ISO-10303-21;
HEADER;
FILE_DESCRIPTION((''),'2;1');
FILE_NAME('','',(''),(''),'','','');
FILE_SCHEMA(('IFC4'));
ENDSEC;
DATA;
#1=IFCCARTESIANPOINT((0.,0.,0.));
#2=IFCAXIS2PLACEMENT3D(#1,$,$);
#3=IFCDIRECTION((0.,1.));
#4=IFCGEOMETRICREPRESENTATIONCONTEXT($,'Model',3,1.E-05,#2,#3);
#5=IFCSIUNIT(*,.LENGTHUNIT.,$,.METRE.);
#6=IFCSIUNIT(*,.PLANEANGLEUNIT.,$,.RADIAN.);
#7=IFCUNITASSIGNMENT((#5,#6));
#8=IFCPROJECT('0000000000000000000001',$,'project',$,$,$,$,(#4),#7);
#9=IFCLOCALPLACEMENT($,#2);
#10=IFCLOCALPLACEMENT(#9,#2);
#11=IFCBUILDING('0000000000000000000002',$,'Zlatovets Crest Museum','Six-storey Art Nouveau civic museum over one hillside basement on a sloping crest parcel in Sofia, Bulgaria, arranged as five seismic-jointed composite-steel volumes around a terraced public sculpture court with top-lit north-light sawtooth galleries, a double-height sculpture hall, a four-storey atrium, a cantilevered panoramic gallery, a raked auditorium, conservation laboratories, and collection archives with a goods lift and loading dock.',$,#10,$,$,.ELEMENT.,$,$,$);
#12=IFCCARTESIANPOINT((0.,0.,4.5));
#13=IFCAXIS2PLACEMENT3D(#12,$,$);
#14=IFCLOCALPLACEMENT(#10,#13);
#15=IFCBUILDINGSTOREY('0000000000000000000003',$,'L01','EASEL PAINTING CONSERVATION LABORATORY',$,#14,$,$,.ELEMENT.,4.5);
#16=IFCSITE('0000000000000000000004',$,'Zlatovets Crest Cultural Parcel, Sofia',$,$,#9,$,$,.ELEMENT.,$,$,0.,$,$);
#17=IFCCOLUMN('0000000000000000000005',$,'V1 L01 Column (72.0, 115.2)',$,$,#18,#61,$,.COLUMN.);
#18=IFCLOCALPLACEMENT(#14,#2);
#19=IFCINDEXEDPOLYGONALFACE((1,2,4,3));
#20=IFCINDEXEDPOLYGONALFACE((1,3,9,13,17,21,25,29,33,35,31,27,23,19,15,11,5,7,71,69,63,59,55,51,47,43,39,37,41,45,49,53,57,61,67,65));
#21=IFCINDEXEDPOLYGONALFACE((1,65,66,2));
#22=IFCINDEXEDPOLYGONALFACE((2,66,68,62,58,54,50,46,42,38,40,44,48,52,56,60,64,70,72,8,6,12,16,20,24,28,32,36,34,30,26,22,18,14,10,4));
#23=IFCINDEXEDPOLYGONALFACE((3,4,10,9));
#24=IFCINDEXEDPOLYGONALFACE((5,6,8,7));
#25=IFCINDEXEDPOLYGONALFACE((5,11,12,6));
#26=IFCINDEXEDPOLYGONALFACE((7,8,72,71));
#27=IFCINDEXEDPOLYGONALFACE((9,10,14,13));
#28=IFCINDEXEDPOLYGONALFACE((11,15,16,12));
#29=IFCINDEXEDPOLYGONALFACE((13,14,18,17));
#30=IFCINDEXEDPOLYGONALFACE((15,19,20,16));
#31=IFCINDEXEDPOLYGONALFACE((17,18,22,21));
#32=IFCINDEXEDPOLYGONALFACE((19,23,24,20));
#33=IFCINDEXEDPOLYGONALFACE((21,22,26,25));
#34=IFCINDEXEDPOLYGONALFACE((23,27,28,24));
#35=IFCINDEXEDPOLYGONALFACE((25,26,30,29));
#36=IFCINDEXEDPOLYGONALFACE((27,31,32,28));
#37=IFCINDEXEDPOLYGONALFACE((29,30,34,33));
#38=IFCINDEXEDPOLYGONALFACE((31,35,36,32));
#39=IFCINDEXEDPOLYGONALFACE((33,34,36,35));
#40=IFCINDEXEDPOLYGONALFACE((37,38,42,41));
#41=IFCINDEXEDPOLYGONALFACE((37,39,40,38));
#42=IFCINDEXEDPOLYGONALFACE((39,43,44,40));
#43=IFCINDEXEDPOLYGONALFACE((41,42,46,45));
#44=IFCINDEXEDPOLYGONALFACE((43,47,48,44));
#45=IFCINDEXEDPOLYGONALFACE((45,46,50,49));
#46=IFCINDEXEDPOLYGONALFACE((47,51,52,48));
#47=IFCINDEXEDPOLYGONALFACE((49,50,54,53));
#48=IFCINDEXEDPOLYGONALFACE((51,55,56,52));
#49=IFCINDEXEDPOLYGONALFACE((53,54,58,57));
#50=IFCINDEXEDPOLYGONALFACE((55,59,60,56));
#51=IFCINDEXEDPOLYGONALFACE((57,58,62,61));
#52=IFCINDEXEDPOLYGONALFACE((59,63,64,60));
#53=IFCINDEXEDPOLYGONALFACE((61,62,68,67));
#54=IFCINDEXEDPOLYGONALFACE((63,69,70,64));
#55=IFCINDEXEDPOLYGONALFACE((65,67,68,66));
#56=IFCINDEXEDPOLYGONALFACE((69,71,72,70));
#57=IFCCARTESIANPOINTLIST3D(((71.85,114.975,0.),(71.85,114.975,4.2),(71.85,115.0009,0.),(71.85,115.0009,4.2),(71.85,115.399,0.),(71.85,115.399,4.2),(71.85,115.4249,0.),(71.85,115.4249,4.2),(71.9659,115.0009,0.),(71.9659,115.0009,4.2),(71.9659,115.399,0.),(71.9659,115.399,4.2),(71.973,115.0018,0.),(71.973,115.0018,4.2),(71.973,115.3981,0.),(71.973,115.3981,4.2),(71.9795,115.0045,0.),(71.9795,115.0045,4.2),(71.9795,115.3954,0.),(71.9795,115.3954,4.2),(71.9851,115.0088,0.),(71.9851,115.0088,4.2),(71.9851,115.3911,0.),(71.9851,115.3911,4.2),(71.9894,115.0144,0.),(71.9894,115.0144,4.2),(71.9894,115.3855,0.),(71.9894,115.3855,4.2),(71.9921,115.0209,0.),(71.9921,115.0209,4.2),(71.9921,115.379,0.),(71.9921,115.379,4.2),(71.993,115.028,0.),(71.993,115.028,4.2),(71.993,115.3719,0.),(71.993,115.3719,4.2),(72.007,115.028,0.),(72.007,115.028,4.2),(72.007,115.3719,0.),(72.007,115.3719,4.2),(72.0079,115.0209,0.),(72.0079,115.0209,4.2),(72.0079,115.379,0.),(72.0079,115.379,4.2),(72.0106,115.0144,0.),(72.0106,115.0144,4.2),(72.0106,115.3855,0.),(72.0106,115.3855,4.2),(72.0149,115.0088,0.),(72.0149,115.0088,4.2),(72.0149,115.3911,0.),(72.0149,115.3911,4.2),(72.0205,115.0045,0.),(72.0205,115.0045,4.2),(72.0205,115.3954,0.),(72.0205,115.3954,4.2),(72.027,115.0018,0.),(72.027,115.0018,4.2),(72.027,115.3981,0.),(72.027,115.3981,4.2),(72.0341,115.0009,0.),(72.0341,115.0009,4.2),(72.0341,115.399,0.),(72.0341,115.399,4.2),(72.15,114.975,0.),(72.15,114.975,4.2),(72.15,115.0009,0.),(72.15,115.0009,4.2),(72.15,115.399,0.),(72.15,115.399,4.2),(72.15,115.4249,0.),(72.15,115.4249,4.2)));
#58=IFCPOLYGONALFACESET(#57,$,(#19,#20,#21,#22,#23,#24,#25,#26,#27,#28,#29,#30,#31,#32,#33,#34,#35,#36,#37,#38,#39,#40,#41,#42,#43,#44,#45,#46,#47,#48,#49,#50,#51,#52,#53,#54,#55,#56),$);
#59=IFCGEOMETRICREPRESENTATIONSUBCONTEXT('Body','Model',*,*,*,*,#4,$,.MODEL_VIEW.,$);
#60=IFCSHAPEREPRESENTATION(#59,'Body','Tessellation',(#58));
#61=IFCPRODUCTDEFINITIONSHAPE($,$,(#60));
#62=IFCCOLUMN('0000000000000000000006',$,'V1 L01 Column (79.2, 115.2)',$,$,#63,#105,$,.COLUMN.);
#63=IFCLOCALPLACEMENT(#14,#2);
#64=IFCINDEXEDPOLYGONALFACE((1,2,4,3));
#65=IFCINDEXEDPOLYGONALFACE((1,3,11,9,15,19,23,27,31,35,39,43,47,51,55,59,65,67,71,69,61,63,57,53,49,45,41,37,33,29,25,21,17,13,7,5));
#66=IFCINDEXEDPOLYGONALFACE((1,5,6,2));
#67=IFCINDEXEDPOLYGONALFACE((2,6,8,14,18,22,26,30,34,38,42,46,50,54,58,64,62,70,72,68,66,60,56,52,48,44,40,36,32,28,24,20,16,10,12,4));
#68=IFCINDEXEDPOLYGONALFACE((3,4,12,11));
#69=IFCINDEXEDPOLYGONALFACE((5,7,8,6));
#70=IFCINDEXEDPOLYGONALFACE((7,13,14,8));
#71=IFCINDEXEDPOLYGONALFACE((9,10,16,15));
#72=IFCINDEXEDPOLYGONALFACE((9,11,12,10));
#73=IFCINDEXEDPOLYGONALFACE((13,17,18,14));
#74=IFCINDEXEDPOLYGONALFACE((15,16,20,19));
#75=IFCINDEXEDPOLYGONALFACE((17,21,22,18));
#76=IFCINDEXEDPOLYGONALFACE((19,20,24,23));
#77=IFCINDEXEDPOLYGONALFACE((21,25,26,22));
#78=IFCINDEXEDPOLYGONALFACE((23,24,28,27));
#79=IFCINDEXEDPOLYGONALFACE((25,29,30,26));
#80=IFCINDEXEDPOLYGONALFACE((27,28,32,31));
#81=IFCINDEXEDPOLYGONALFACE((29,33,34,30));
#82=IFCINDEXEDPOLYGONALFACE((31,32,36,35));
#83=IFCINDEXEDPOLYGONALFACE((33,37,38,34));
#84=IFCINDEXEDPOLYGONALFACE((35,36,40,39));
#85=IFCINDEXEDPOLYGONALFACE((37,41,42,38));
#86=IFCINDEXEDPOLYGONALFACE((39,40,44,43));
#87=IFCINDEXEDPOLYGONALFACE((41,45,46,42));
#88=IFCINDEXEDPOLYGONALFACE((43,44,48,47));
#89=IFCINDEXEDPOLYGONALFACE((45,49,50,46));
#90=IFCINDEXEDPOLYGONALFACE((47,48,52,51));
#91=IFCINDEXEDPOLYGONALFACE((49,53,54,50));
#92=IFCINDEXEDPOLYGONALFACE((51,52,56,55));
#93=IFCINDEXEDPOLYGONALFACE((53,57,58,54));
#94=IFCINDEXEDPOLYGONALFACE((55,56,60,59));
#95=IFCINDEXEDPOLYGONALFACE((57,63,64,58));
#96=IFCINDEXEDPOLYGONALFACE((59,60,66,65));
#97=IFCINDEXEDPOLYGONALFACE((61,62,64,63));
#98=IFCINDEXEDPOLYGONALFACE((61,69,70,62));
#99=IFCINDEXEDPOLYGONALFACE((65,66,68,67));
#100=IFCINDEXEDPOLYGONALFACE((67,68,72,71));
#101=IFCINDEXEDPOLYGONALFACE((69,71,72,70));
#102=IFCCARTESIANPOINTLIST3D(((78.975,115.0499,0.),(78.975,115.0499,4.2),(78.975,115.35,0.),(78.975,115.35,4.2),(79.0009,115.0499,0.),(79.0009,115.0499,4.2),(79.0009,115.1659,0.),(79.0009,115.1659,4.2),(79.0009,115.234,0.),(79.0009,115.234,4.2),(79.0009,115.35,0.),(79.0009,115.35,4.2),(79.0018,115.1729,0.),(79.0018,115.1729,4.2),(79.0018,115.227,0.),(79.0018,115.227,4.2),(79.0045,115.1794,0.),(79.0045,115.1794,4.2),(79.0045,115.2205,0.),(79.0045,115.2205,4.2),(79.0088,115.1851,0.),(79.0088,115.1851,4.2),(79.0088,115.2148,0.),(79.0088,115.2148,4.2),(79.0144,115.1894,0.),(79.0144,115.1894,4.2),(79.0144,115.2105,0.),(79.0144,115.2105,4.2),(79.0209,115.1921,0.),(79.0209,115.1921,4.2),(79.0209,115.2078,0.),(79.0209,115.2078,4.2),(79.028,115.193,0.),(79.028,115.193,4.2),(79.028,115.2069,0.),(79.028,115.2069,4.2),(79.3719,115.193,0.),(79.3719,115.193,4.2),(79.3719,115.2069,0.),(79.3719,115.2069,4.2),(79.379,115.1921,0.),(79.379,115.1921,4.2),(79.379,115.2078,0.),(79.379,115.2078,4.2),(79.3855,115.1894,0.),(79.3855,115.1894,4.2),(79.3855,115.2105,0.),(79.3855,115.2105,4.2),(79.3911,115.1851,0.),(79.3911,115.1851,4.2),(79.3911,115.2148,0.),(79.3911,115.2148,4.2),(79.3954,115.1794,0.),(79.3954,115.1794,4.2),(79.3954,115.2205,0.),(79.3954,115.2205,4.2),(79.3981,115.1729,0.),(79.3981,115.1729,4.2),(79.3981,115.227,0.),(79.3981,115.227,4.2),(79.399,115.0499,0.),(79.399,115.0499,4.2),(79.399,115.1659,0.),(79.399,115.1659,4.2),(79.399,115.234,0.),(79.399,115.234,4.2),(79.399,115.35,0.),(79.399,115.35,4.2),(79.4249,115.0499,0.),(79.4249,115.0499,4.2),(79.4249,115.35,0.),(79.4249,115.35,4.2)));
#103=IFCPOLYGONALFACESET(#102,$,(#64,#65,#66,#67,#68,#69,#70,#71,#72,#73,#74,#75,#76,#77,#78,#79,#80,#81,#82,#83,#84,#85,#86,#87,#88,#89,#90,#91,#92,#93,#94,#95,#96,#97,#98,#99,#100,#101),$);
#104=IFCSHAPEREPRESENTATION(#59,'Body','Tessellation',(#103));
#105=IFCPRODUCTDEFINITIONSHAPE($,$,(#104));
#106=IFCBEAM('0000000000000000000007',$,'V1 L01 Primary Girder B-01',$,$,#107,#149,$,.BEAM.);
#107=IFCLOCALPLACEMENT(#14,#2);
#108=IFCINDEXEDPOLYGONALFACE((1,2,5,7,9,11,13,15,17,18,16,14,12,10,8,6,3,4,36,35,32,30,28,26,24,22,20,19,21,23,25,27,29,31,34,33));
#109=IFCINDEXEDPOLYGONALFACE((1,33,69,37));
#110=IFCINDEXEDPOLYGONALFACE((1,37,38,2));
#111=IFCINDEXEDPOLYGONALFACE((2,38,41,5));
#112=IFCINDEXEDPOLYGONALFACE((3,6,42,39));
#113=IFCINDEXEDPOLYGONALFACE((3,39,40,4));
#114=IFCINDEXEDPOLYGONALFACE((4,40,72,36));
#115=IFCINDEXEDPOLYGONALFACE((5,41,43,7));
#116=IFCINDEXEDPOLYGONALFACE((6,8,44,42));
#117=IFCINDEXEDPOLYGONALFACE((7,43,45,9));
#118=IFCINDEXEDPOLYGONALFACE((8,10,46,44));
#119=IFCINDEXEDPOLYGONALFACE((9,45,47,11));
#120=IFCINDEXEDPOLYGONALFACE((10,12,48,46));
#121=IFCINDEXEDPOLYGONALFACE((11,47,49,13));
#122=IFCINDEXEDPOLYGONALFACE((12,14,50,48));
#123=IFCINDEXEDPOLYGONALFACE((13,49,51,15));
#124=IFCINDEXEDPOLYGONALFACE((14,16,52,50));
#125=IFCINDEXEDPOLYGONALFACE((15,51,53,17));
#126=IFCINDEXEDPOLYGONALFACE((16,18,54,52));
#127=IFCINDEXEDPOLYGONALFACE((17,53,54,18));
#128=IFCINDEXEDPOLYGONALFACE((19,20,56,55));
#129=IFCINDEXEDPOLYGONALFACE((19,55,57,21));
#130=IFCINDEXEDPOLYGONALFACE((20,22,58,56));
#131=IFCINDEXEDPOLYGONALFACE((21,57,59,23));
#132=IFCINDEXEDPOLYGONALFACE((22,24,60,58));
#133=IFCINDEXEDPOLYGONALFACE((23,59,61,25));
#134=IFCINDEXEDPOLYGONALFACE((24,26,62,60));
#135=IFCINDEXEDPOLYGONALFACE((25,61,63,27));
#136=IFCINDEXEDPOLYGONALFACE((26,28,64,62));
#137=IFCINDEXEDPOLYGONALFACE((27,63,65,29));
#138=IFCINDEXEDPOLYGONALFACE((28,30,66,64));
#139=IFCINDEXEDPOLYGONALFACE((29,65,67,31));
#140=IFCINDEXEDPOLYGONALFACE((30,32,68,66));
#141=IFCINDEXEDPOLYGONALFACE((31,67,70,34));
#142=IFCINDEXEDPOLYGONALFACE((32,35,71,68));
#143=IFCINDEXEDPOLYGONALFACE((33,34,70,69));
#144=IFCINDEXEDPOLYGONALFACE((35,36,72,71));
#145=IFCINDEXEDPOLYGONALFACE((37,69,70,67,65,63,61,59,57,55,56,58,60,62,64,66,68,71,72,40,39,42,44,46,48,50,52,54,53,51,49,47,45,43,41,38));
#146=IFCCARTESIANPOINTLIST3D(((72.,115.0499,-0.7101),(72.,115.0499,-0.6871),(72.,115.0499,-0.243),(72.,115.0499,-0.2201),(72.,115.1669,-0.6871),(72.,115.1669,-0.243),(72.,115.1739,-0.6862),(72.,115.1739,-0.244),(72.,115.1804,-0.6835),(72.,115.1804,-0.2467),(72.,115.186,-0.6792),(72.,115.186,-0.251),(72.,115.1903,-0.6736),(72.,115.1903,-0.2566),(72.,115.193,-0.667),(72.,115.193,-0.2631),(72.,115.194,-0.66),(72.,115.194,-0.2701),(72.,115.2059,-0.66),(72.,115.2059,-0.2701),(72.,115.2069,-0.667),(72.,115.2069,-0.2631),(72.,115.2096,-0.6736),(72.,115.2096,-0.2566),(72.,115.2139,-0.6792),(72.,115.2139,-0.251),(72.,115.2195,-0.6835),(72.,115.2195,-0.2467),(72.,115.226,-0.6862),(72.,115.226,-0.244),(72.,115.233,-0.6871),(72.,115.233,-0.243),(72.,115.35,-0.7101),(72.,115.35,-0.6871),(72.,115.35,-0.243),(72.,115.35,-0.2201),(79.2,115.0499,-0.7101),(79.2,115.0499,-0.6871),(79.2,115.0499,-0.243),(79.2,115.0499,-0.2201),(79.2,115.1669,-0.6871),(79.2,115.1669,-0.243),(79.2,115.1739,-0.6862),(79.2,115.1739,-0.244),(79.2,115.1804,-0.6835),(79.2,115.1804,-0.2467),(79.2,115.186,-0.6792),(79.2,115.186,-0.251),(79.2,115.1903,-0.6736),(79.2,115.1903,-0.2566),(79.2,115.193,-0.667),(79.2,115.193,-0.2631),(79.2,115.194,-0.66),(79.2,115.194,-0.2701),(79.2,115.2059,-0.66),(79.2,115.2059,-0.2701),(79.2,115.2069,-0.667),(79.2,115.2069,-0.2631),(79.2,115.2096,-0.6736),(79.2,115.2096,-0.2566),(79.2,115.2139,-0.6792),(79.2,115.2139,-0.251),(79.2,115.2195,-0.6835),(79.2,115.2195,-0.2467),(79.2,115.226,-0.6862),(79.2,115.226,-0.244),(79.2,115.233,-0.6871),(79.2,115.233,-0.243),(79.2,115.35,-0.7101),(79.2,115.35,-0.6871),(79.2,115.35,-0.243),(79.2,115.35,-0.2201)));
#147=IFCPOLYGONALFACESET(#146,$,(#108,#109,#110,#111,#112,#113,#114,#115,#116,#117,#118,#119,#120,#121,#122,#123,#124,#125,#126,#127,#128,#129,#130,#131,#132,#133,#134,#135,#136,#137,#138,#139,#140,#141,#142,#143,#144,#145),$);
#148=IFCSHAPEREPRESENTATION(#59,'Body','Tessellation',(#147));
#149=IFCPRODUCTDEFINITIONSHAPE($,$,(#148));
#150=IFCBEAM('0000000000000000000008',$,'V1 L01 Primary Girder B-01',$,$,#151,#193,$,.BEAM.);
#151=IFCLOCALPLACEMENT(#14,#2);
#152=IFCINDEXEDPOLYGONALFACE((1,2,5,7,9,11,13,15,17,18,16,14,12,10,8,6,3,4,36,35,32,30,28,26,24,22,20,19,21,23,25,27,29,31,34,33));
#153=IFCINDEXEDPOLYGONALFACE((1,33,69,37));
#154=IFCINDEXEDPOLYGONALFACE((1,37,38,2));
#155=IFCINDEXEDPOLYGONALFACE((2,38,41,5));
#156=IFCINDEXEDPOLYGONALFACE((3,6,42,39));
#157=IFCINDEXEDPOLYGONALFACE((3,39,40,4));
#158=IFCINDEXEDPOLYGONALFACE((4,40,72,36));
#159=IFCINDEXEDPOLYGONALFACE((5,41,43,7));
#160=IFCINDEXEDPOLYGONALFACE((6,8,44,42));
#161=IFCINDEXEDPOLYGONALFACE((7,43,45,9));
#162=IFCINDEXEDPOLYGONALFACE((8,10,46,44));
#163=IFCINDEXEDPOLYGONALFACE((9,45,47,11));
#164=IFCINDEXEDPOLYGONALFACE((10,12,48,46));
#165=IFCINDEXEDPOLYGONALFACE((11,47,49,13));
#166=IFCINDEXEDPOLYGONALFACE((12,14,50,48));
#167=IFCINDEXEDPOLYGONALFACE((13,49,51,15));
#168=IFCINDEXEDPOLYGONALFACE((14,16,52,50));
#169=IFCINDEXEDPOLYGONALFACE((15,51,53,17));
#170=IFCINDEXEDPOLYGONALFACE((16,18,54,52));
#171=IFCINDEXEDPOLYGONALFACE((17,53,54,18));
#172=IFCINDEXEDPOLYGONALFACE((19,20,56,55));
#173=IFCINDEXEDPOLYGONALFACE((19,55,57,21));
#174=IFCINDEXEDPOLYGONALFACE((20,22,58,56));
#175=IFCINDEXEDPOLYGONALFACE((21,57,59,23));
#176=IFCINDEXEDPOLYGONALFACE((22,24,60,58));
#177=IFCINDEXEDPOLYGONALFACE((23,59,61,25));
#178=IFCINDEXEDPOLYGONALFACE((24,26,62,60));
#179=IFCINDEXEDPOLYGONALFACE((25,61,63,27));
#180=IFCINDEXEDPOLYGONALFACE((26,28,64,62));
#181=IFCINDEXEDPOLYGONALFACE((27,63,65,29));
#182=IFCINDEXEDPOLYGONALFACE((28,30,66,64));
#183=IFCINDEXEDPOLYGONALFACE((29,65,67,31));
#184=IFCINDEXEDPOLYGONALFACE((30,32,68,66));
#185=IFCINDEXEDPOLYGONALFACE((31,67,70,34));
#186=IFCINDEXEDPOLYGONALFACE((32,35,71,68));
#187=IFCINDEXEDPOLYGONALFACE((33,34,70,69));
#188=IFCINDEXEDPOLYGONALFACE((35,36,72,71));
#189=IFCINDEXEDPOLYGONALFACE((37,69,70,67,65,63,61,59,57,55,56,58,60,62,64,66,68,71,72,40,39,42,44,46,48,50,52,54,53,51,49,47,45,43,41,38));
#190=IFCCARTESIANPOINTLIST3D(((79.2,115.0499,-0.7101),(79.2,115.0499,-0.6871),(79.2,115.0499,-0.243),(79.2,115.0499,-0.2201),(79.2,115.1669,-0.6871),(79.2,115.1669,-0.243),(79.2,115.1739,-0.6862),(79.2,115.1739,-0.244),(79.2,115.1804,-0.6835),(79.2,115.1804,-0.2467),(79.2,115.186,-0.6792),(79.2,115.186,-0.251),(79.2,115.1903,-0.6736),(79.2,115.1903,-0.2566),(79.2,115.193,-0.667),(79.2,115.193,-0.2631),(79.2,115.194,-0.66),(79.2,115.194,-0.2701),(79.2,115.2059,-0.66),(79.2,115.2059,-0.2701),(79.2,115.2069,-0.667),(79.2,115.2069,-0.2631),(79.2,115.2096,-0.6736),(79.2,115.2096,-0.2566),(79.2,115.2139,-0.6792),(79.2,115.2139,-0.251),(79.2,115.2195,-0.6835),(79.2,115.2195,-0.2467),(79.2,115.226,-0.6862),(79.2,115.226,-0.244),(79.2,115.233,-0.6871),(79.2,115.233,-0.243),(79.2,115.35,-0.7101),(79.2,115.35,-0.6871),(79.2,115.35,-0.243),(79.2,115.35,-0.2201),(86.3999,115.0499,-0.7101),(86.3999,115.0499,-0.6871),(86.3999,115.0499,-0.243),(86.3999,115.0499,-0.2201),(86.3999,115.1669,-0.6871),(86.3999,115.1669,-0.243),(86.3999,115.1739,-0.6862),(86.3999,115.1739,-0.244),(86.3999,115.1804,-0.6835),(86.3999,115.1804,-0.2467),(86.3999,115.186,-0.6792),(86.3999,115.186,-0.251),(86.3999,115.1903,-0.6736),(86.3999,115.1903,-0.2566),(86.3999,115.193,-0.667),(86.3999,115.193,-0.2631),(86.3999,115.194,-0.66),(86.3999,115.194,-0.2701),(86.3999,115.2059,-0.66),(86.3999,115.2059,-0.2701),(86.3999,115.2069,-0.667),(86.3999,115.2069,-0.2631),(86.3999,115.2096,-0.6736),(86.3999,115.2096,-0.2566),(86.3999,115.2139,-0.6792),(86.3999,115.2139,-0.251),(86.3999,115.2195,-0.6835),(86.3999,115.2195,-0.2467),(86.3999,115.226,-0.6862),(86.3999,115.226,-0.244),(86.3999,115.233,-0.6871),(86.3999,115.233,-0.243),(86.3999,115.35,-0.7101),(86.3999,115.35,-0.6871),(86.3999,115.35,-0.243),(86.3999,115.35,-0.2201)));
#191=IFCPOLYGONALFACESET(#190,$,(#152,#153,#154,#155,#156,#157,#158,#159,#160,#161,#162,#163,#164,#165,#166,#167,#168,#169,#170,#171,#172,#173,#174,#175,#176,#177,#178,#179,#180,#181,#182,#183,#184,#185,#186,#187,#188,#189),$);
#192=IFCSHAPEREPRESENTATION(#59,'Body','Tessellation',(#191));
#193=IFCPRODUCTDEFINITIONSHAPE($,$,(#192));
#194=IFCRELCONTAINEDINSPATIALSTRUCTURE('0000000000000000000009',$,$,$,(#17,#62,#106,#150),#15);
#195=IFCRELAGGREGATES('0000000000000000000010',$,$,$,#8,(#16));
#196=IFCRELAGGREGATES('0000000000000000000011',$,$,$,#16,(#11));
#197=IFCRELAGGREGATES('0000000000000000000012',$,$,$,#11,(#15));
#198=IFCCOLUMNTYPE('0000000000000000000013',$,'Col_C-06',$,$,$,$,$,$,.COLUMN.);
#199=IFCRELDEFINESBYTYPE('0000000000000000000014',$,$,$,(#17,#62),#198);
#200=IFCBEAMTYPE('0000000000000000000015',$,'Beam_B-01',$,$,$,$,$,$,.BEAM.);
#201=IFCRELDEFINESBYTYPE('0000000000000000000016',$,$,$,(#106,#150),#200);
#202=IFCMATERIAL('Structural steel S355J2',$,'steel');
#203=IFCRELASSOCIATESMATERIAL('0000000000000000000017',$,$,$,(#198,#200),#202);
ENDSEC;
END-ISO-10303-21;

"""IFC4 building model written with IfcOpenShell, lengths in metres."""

from ifc_helpers import new_model, si_unit, direction, frame, origin, origin_2d, place, context, subcontext, project, spatial, i_section, extrude, material, material_profile, profile_set, type_object, element, save


model = new_model("IFC4")

# Units and contexts
model_context = context("Model", 3, precision=1e-05, world=origin(), true_north=direction((0.0, 1.0)))
body_context = subcontext(model_context, "Body", "Model", "MODEL_VIEW")
ifc_project = project(units=[si_unit("LENGTHUNIT", "METRE"), si_unit("PLANEANGLEUNIT", "RADIAN")], contexts=[model_context])

# Site, building, storey
site_placement = place(None, origin())
site = spatial("IfcSite", under=ifc_project, at=site_placement, Name="Zlatovets Crest Cultural Parcel, Sofia", CompositionType="ELEMENT", RefElevation=0.0)
building_placement = place(site_placement, origin())
building = spatial("IfcBuilding", under=site, at=building_placement, Name="Zlatovets Crest Museum", Description="Six-storey Art Nouveau civic museum over one hillside basement on a sloping crest parcel in Sofia, Bulgaria, arranged as five seismic-jointed composite-steel volumes around a terraced public sculpture court with top-lit north-light sawtooth galleries, a double-height sculpture hall, a four-storey atrium, a cantilevered panoramic gallery, a raked auditorium, conservation laboratories, and collection archives with a goods lift and loading dock.", CompositionType="ELEMENT")
storey_placement = place(building_placement, frame((0.0, 0.0, 4.5)))
storey = spatial("IfcBuildingStorey", under=building, at=storey_placement, Name="L01", Description="EASEL PAINTING CONSERVATION LABORATORY", CompositionType="ELEMENT", Elevation=4.5)

# Columns
ifc_material_1 = material(Name="Structural steel S355J2", Category="steel")
ifc_material_profile_1 = material_profile(ifc_material_1, i_section(OverallWidth=0.3, OverallDepth=0.45, WebThickness=0.0139, FlangeThickness=0.0259, FilletRadius=0.0271, at=origin_2d()), Name="HEB 450")
ifc_profile_set_1 = profile_set([ifc_material_profile_1], Name="Structural steel S355J2")
column_type = type_object("IfcColumnType", Name="Col_C-06", PredefinedType="COLUMN", material=ifc_profile_set_1)
for number, where, z_axis, x_axis, name in (
    (1, (72.0, 115.2, 0.0), (0.0, 0.0, 1.0), (1.0, 0.0, 0.0), "V1 L01 Column (72.0, 115.2)"),
    (2, (79.2, 115.2, 0.0), (0.0, 0.0, 1.0), (0.0, 1.0, 0.0), "V1 L01 Column (79.2, 115.2)"),
):
    element("IfcColumn", number, at=place(storey_placement, frame(where, z_axis=z_axis, x_axis=x_axis)), inside=storey, type_object=column_type, Name=name, PredefinedType="COLUMN", context=body_context, shape_type="SweptSolid", body=[
        extrude(i_section(OverallWidth=0.3, OverallDepth=0.45, WebThickness=0.0139, FlangeThickness=0.0259, FilletRadius=0.0271, at=origin_2d()), origin(), (0.0, 0.0, 1.0), 4.2),
    ])

# Beams
ifc_material_profile_2 = material_profile(ifc_material_1, i_section(OverallWidth=0.3, OverallDepth=0.49, WebThickness=0.012, FlangeThickness=0.0229, FilletRadius=0.0271, at=origin_2d()), Name="HEA 500")
ifc_profile_set_2 = profile_set([ifc_material_profile_2], Name="Structural steel S355J2")
beam_type_1 = type_object("IfcBeamType", Name="Beam_B-01", PredefinedType="BEAM", material=ifc_profile_set_2)
for number, where, z_axis, x_axis, name in (
    (3, (72.0, 115.2, -0.4651), (1.0, 0.0, 0.0), (0.0, 1.0, 0.0), "V1 L01 Primary Girder B-01"),
    (4, (79.2, 115.2, -0.4651), (1.0, 0.0, 0.0), (0.0, 1.0, 0.0), "V1 L01 Primary Girder B-01"),
):
    element("IfcBeam", number, at=place(storey_placement, frame(where, z_axis=z_axis, x_axis=x_axis)), inside=storey, type_object=beam_type_1, Name=name, PredefinedType="BEAM", context=body_context, shape_type="SweptSolid", body=[
        extrude(i_section(OverallWidth=0.3, OverallDepth=0.49, WebThickness=0.012, FlangeThickness=0.0229, FilletRadius=0.0271, at=origin_2d()), origin(), (0.0, 0.0, 1.0), 7.2),
    ])

save(model, "model.ifc")
